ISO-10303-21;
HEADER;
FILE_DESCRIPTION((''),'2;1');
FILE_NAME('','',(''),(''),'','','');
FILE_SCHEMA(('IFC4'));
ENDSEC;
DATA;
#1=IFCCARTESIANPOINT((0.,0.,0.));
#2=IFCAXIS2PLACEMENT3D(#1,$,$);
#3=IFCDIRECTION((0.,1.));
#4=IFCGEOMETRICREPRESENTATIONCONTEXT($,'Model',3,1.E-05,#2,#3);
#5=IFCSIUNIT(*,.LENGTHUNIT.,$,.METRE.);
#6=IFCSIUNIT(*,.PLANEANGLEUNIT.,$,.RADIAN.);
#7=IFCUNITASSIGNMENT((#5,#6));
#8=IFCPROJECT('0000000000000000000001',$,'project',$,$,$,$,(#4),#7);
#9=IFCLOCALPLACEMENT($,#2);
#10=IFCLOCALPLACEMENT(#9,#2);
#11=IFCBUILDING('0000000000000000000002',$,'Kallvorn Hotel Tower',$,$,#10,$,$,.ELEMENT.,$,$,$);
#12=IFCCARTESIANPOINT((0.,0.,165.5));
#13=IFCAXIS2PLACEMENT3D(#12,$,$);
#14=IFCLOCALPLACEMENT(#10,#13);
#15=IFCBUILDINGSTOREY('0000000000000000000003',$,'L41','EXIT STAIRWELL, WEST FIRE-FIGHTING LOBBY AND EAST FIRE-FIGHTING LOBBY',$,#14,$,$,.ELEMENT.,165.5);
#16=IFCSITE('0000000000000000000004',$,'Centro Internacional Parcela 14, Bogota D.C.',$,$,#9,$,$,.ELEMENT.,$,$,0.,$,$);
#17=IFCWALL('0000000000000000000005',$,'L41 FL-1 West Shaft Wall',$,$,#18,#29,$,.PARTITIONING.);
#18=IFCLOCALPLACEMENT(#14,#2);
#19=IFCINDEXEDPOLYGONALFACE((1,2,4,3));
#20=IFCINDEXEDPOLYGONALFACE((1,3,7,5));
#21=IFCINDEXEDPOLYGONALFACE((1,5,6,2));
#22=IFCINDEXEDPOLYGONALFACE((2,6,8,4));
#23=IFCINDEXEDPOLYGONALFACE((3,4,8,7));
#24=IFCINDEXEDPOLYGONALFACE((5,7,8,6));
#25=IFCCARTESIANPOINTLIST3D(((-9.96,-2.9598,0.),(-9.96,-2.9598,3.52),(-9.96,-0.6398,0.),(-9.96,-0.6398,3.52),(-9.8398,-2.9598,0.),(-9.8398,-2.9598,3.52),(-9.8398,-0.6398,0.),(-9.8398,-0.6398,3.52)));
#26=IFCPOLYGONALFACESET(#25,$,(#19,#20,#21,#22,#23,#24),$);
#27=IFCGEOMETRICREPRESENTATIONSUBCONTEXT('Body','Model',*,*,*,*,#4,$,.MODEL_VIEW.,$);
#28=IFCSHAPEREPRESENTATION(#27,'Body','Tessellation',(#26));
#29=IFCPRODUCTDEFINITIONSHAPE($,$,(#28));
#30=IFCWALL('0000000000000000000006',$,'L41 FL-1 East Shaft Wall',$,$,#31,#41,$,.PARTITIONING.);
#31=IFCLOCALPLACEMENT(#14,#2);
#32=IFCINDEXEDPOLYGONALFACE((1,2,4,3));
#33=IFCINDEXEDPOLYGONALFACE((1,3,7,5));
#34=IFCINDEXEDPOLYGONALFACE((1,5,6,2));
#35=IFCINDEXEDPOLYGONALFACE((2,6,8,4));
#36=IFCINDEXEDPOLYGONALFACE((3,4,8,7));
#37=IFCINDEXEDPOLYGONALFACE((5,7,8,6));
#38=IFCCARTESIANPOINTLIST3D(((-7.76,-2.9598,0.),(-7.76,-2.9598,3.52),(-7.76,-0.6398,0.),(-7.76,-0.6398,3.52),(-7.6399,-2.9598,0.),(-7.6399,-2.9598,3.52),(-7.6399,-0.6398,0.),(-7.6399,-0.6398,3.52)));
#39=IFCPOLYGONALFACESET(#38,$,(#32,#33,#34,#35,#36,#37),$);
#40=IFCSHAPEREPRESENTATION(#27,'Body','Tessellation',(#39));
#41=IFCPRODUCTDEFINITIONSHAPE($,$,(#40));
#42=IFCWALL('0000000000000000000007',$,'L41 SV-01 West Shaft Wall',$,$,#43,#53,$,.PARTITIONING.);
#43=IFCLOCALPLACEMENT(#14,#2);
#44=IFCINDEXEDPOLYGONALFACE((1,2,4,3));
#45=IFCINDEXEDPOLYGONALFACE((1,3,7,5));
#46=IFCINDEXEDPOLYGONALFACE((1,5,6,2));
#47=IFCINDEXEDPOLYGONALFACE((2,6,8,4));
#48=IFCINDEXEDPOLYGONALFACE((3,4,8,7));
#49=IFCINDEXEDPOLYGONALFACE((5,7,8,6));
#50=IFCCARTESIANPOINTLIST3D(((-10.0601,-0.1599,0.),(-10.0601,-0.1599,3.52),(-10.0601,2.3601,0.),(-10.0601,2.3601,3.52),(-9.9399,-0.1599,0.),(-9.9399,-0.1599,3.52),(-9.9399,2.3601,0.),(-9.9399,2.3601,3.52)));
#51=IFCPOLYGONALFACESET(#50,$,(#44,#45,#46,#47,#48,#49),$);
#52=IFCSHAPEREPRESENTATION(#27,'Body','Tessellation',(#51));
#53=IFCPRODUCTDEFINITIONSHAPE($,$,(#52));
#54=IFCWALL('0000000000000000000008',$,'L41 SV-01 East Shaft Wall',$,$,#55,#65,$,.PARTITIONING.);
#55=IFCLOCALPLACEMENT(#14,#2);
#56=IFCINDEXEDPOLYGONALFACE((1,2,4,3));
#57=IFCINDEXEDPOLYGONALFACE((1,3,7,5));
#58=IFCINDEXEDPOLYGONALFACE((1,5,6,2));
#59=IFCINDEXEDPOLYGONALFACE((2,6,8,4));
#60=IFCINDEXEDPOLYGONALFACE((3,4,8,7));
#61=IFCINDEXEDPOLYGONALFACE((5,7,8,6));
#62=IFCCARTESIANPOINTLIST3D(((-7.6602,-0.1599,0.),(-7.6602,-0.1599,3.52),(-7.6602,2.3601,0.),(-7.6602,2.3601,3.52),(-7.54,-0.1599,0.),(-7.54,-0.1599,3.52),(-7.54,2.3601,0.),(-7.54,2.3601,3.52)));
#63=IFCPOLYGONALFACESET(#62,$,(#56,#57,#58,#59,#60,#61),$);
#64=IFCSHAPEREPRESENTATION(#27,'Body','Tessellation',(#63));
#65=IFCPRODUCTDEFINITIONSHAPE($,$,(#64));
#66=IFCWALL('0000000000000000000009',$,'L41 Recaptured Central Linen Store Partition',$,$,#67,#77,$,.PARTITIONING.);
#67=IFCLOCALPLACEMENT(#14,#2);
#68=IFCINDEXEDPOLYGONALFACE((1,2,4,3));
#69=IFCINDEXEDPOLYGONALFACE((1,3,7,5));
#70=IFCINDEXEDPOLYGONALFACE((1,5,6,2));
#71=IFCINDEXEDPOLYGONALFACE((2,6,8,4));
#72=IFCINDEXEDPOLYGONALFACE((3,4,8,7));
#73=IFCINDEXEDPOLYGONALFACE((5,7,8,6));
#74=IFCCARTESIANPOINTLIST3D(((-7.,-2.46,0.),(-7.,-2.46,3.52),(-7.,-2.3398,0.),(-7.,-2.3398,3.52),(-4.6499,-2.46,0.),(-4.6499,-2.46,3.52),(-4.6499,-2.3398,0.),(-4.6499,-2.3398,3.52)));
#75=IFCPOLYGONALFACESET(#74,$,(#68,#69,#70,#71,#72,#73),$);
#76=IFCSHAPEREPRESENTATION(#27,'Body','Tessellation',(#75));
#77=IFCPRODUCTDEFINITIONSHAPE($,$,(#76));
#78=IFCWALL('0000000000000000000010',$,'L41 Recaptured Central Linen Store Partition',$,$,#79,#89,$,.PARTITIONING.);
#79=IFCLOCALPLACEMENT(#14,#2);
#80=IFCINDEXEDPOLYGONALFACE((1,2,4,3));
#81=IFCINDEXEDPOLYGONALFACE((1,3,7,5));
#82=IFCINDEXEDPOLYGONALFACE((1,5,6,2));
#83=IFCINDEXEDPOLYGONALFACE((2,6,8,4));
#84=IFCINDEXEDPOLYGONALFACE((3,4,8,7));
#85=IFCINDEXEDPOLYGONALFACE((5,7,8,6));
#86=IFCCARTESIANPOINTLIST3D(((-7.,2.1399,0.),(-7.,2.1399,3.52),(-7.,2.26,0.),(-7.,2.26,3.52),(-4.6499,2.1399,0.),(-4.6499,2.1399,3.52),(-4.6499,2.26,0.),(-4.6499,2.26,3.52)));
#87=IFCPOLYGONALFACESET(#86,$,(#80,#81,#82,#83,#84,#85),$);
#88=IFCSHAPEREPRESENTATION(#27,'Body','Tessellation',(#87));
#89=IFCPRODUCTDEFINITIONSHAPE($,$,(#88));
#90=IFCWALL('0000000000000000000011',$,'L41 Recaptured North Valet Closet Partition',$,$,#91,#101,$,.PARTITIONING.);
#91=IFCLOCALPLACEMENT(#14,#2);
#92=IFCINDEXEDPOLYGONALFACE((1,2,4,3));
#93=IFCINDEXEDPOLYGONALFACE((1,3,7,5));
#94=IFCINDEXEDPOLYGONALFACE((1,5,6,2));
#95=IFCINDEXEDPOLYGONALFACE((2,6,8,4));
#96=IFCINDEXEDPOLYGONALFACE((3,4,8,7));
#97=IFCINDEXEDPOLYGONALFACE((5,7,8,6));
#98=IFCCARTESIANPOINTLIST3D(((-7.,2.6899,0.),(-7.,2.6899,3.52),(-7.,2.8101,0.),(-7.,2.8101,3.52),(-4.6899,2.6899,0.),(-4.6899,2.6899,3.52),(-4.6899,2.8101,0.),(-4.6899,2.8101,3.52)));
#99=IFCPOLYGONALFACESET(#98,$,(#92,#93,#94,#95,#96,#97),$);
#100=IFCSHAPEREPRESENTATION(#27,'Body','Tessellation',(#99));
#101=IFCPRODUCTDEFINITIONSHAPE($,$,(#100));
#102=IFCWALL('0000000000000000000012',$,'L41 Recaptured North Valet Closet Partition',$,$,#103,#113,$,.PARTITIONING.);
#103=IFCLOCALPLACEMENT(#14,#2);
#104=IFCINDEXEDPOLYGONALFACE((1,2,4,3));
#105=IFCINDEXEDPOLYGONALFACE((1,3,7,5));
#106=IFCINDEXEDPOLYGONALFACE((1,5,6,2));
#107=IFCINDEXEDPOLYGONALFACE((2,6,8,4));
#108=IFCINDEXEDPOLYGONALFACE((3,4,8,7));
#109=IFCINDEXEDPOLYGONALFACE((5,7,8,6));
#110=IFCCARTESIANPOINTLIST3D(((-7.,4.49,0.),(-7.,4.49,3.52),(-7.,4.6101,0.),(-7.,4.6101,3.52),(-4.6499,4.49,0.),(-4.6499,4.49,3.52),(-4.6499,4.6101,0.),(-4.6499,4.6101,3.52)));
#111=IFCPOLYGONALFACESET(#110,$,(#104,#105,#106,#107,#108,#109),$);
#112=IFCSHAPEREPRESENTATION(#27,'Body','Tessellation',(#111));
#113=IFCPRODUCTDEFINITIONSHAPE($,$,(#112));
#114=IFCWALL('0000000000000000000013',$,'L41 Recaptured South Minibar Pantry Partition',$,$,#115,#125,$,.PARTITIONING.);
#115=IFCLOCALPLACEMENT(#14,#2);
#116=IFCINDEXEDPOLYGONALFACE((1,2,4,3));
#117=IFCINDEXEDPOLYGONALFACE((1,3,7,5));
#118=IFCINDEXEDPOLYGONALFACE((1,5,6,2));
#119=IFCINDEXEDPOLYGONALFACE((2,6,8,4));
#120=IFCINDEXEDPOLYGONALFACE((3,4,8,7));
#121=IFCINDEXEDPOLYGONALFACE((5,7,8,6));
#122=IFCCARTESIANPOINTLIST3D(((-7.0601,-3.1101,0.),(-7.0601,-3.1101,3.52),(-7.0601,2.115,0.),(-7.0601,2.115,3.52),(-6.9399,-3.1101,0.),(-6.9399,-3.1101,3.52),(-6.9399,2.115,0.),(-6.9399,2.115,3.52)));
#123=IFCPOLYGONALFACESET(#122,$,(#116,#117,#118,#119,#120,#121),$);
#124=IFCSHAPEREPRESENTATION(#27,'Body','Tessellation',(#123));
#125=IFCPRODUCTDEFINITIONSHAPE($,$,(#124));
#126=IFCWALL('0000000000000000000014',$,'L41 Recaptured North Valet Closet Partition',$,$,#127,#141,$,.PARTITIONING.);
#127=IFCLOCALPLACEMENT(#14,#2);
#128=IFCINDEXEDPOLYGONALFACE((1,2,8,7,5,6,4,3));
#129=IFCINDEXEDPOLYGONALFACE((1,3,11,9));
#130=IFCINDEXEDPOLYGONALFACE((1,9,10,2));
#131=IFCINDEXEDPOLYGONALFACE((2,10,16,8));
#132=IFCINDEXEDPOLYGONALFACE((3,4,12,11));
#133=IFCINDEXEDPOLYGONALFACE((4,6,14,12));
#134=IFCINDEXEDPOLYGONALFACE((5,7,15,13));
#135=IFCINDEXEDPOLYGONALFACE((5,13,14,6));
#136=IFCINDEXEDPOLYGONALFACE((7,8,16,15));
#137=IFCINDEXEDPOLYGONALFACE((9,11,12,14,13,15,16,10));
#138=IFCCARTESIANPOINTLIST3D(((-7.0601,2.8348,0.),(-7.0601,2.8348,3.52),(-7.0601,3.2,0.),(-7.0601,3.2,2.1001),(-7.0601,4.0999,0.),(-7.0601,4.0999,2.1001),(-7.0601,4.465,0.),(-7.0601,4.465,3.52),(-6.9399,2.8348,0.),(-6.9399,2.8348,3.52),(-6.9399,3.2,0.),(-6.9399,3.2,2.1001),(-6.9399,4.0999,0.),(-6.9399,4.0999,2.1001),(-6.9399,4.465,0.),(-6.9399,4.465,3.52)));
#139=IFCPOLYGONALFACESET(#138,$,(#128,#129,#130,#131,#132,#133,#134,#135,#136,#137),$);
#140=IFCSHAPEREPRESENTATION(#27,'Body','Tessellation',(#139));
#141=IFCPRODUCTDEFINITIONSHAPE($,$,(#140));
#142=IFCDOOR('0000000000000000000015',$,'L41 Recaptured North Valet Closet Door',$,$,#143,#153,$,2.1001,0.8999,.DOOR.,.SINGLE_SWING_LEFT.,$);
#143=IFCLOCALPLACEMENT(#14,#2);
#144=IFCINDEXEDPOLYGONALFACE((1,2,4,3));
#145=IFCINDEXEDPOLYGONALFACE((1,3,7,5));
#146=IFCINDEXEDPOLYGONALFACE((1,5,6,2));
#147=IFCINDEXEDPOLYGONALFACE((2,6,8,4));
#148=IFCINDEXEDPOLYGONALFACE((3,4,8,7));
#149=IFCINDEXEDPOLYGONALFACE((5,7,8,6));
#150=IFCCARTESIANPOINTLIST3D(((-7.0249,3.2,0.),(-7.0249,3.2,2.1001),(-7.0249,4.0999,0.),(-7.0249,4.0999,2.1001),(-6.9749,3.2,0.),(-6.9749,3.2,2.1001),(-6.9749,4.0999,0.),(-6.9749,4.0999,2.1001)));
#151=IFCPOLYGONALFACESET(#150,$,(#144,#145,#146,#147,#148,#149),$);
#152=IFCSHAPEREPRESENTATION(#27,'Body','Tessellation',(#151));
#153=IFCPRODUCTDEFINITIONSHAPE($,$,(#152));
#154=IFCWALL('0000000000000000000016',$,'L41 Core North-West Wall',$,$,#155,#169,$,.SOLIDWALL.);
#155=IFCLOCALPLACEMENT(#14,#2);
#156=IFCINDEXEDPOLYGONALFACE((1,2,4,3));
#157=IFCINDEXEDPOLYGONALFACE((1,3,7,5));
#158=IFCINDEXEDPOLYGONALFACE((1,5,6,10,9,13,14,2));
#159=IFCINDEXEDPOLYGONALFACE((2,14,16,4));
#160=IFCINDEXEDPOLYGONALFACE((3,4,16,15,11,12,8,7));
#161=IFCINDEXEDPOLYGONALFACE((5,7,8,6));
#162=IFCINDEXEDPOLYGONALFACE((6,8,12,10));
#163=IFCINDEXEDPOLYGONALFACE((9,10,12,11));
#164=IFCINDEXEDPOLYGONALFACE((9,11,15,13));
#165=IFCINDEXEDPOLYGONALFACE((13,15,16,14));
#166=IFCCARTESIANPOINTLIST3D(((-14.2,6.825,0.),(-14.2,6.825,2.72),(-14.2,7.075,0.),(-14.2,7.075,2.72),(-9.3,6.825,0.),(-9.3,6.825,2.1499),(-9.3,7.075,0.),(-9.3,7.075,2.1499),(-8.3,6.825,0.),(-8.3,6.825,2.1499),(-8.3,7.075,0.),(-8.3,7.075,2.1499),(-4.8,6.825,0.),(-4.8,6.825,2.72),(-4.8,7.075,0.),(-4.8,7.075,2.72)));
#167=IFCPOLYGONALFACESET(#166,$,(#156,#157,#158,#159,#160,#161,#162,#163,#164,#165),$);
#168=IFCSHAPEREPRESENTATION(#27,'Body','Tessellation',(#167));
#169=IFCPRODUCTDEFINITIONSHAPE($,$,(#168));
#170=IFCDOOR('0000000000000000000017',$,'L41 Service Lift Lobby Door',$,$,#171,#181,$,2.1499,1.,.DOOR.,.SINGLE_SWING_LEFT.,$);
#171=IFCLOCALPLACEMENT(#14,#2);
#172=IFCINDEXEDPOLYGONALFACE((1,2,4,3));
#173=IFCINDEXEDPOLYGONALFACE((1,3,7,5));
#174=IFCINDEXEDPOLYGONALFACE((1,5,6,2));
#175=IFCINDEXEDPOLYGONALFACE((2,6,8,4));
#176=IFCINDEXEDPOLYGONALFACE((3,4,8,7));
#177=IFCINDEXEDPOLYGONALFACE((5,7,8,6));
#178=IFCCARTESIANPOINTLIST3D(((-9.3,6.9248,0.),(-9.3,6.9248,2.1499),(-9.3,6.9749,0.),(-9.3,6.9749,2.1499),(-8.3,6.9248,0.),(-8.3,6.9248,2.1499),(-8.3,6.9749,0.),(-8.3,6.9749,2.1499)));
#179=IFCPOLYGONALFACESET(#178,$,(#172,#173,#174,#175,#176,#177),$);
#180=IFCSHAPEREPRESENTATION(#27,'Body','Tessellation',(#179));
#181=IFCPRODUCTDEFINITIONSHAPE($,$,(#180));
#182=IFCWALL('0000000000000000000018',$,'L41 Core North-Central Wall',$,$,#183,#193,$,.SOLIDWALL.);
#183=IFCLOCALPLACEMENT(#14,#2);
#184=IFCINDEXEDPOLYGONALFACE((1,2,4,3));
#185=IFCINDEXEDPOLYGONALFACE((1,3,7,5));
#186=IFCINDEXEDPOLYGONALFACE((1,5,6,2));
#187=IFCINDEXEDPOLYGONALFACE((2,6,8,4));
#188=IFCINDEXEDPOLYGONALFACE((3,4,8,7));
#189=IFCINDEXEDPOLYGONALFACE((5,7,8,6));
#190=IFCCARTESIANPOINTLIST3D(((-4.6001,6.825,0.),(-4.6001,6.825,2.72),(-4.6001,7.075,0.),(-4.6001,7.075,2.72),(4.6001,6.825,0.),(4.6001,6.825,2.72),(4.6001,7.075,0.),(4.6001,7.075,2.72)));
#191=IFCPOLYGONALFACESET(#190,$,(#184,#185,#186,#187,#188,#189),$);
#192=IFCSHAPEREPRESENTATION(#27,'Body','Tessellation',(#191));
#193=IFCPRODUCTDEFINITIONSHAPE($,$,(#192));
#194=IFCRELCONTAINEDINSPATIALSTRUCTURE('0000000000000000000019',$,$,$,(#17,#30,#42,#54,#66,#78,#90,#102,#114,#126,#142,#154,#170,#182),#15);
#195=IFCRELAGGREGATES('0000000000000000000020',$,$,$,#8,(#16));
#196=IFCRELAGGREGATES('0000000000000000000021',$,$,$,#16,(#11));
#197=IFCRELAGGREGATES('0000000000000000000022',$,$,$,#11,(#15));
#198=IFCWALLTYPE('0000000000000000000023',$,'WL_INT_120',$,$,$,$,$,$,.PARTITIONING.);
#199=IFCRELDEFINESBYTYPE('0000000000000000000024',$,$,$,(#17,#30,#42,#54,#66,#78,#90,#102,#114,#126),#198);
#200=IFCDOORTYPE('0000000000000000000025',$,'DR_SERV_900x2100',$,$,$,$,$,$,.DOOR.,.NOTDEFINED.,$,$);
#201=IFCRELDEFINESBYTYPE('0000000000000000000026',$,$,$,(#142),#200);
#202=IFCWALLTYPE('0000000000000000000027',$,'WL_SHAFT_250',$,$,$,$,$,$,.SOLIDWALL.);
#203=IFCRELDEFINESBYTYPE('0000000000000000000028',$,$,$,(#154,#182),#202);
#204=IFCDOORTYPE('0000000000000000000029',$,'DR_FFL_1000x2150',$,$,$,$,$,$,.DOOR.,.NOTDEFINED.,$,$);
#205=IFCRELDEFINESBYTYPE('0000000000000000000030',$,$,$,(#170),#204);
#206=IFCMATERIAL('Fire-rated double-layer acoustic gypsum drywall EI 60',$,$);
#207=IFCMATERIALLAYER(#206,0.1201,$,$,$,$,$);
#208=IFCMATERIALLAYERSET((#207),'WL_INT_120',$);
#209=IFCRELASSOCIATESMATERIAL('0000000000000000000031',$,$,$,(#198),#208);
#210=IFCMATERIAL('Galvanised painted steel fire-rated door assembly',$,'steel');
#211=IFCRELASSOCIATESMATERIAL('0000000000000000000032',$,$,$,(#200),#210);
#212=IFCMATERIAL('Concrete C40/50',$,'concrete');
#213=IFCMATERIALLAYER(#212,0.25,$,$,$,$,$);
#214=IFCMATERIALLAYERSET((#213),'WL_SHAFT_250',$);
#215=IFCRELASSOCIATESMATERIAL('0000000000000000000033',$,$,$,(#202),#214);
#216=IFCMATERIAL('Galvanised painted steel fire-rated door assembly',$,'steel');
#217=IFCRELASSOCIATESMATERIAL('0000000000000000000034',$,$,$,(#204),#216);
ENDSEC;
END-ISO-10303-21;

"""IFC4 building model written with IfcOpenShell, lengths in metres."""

from ifc_helpers import new_model, si_unit, direction, frame, frame_2d, origin, place, context, subcontext, project, spatial, rectangle, extrude, material, layer, layer_set, type_object, element, fill, save


model = new_model("IFC4")

# Units and contexts
model_context = context("Model", 3, precision=1e-05, world=origin(), true_north=direction((0.0, 1.0)))
body_context = subcontext(model_context, "Body", "Model", "MODEL_VIEW")
ifc_project = project(units=[si_unit("LENGTHUNIT", "METRE"), si_unit("PLANEANGLEUNIT", "RADIAN")], contexts=[model_context])

# Site, building, storey
site_placement = place(None, origin())
site = spatial("IfcSite", under=ifc_project, at=site_placement, Name="Centro Internacional Parcela 14, Bogota D.C.", CompositionType="ELEMENT", RefElevation=0.0)
building_placement = place(site_placement, origin())
building = spatial("IfcBuilding", under=site, at=building_placement, Name="Kallvorn Hotel Tower", CompositionType="ELEMENT")
storey_placement = place(building_placement, frame((0.0, 0.0, 165.5)))
storey = spatial("IfcBuildingStorey", under=building, at=storey_placement, Name="L41", Description="EXIT STAIRWELL, WEST FIRE-FIGHTING LOBBY AND EAST FIRE-FIGHTING LOBBY", CompositionType="ELEMENT", Elevation=165.5)

# Walls
ifc_material_1 = material(Name="Fire-rated double-layer acoustic gypsum drywall EI 60")
ifc_layer_1 = layer(ifc_material_1, 0.1201)
ifc_layer_set_1 = layer_set([ifc_layer_1], Name="WL_INT_120")
wall_type_1 = type_object("IfcWallType", Name="WL_INT_120", PredefinedType="PARTITIONING", material=ifc_layer_set_1)
for number, where, z_axis, x_axis, name in (
    (1, (-9.8999, -2.96, 0.0), (0.0, 0.0, 1.0), (0.0, 1.0, 0.0), "L41 FL-1 West Shaft Wall"),
    (2, (-7.7, -2.96, 0.0), (0.0, 0.0, 1.0), (0.0, 1.0, 0.0), "L41 FL-1 East Shaft Wall"),
):
    element("IfcWall", number, at=place(storey_placement, frame(where, z_axis=z_axis, x_axis=x_axis)), inside=storey, type_object=wall_type_1, Name=name, PredefinedType="PARTITIONING", context=body_context, shape_type="SweptSolid", body=[
        extrude(rectangle(XDim=2.3201, YDim=0.1201, at=frame_2d((1.1602, 0.0))), origin(), (0.0, 0.0, 1.0), 3.52),
    ])
for number, where, z_axis, x_axis, name in (
    (3, (-10.0, -0.1599, 0.0), (0.0, 0.0, 1.0), (0.0, 1.0, 0.0), "L41 SV-01 West Shaft Wall"),
    (4, (-7.6001, -0.1599, 0.0), (0.0, 0.0, 1.0), (0.0, 1.0, 0.0), "L41 SV-01 East Shaft Wall"),
):
    element("IfcWall", number, at=place(storey_placement, frame(where, z_axis=z_axis, x_axis=x_axis)), inside=storey, type_object=wall_type_1, Name=name, PredefinedType="PARTITIONING", context=body_context, shape_type="SweptSolid", body=[
        extrude(rectangle(XDim=2.52, YDim=0.1201, at=frame_2d((1.26, 0.0))), origin(), (0.0, 0.0, 1.0), 3.52),
    ])
for number, where, z_axis, x_axis, name in (
    (5, (-7.0, -2.3999, 0.0), (0.0, 0.0, 1.0), (1.0, 0.0, 0.0), "L41 Recaptured Central Linen Store Partition"),
    (6, (-7.0, 2.2, 0.0), (0.0, 0.0, 1.0), (1.0, 0.0, 0.0), "L41 Recaptured Central Linen Store Partition"),
):
    element("IfcWall", number, at=place(storey_placement, frame(where, z_axis=z_axis, x_axis=x_axis)), inside=storey, type_object=wall_type_1, Name=name, PredefinedType="PARTITIONING", context=body_context, shape_type="SweptSolid", body=[
        extrude(rectangle(XDim=2.3501, YDim=0.1201, at=frame_2d((1.175, 0.0))), origin(), (0.0, 0.0, 1.0), 3.52),
    ])
wall_1_placement = place(storey_placement, frame((-7.0, 2.75, 0.0), z_axis=(0.0, 0.0, 1.0), x_axis=(1.0, 0.0, 0.0)))
element("IfcWall", 7, at=wall_1_placement, inside=storey, type_object=wall_type_1, Name="L41 Recaptured North Valet Closet Partition", PredefinedType="PARTITIONING", context=body_context, shape_type="SweptSolid", body=[
    extrude(rectangle(XDim=2.3101, YDim=0.1201, at=frame_2d((1.155, 0.0))), origin(), (0.0, 0.0, 1.0), 3.52),
])
wall_2_placement = place(storey_placement, frame((-7.0, 4.55, 0.0), z_axis=(0.0, 0.0, 1.0), x_axis=(1.0, 0.0, 0.0)))
element("IfcWall", 8, at=wall_2_placement, inside=storey, type_object=wall_type_1, Name="L41 Recaptured North Valet Closet Partition", PredefinedType="PARTITIONING", context=body_context, shape_type="SweptSolid", body=[
    extrude(rectangle(XDim=2.3501, YDim=0.1201, at=frame_2d((1.175, 0.0))), origin(), (0.0, 0.0, 1.0), 3.52),
])
wall_3_placement = place(storey_placement, frame((-7.0, -3.1101, 0.0), z_axis=(0.0, 0.0, 1.0), x_axis=(0.0, 1.0, 0.0)))
element("IfcWall", 9, at=wall_3_placement, inside=storey, type_object=wall_type_1, Name="L41 Recaptured South Minibar Pantry Partition", PredefinedType="PARTITIONING", context=body_context, shape_type="SweptSolid", body=[
    extrude(rectangle(XDim=5.2251, YDim=0.1201, at=frame_2d((2.6125, 0.0))), origin(), (0.0, 0.0, 1.0), 3.52),
])

# Walls, openings, doors
wall_4_placement = place(storey_placement, frame((-7.0, 2.835, 0.0), z_axis=(0.0, 0.0, 1.0), x_axis=(0.0, 1.0, 0.0)))
wall_4 = element("IfcWall", 10, at=wall_4_placement, inside=storey, type_object=wall_type_1, Name="L41 Recaptured North Valet Closet Partition", PredefinedType="PARTITIONING", context=body_context, shape_type="SweptSolid", body=[
    extrude(rectangle(XDim=1.6301, YDim=0.1201, at=frame_2d((0.8149, 0.0))), origin(), (0.0, 0.0, 1.0), 3.52),
])
opening_1_placement = place(wall_4_placement, frame((0.365, 0.0, 0.0)))
opening_1 = element("IfcOpeningElement", 11, at=opening_1_placement, cuts=wall_4, PredefinedType="OPENING", context=body_context, shape_type="SweptSolid", body=[
    extrude(rectangle(XDim=0.8999, YDim=2.1001, at=frame_2d((0.45, 1.05))), frame((0.0, 0.075, 0.0), z_axis=(0.0, -1.0, 0.0), x_axis=(1.0, 0.0, 0.0)), (0.0, 0.0, 1.0), 0.1501),
])
ifc_material_2 = material(Name="Galvanised painted steel fire-rated door assembly", Category="steel")
door_type_1 = type_object("IfcDoorType", Name="DR_SERV_900x2100", OperationType="NOTDEFINED", PredefinedType="DOOR", material=ifc_material_2)
door_1_placement = place(opening_1_placement, origin())
door_1 = element("IfcDoor", 12, at=door_1_placement, inside=storey, type_object=door_type_1, Name="L41 Recaptured North Valet Closet Door", OperationType="SINGLE_SWING_LEFT", OverallHeight=2.1001, OverallWidth=0.8999, PredefinedType="DOOR", context=body_context, shape_type="SweptSolid", body=[
    extrude(rectangle(XDim=0.8999, YDim=2.1001, at=frame_2d((0.45, 1.05))), frame((0.0, 0.0249, 0.0), z_axis=(0.0, -1.0, 0.0), x_axis=(1.0, 0.0, 0.0)), (0.0, 0.0, 1.0), 0.05),
])
fill(opening_1, door_1)
ifc_material_3 = material(Name="Concrete C40/50", Category="concrete")
ifc_layer_2 = layer(ifc_material_3, 0.25)
ifc_layer_set_2 = layer_set([ifc_layer_2], Name="WL_SHAFT_250")
wall_type_2 = type_object("IfcWallType", Name="WL_SHAFT_250", PredefinedType="SOLIDWALL", material=ifc_layer_set_2)
wall_5_placement = place(storey_placement, frame((-14.2, 6.95, 0.0), z_axis=(0.0, 0.0, 1.0), x_axis=(1.0, 0.0, 0.0)))
wall_5 = element("IfcWall", 13, at=wall_5_placement, inside=storey, type_object=wall_type_2, Name="L41 Core North-West Wall", PredefinedType="SOLIDWALL", context=body_context, shape_type="SweptSolid", body=[
    extrude(rectangle(XDim=9.3999, YDim=0.25, at=frame_2d((4.7, 0.0))), origin(), (0.0, 0.0, 1.0), 2.72),
])
opening_2_placement = place(wall_5_placement, frame((4.8999, 0.0, 0.0)))
opening_2 = element("IfcOpeningElement", 14, at=opening_2_placement, cuts=wall_5, PredefinedType="OPENING", context=body_context, shape_type="SweptSolid", body=[
    extrude(rectangle(XDim=1.0, YDim=2.1499, at=frame_2d((0.5, 1.075))), frame((0.0, 0.1399, 0.0), z_axis=(0.0, -1.0, 0.0), x_axis=(1.0, 0.0, 0.0)), (0.0, 0.0, 1.0), 0.28),
])
ifc_material_4 = material(Name="Galvanised painted steel fire-rated door assembly", Category="steel")
door_type_2 = type_object("IfcDoorType", Name="DR_FFL_1000x2150", OperationType="NOTDEFINED", PredefinedType="DOOR", material=ifc_material_4)
door_2_placement = place(opening_2_placement, origin())
door_2 = element("IfcDoor", 15, at=door_2_placement, inside=storey, type_object=door_type_2, Name="L41 Service Lift Lobby Door", OperationType="SINGLE_SWING_LEFT", OverallHeight=2.1499, OverallWidth=1.0, PredefinedType="DOOR", context=body_context, shape_type="SweptSolid", body=[
    extrude(rectangle(XDim=1.0, YDim=2.1499, at=frame_2d((0.5, 1.075))), frame((0.0, 0.0249, 0.0), z_axis=(0.0, -1.0, 0.0), x_axis=(1.0, 0.0, 0.0)), (0.0, 0.0, 1.0), 0.05),
])
fill(opening_2, door_2)

# Wall
wall_6_placement = place(storey_placement, frame((-4.6001, 6.95, 0.0), z_axis=(0.0, 0.0, 1.0), x_axis=(1.0, 0.0, 0.0)))
element("IfcWall", 16, at=wall_6_placement, inside=storey, type_object=wall_type_2, Name="L41 Core North-Central Wall", PredefinedType="SOLIDWALL", context=body_context, shape_type="SweptSolid", body=[
    extrude(rectangle(XDim=9.2002, YDim=0.25, at=frame_2d((4.6001, 0.0))), origin(), (0.0, 0.0, 1.0), 2.72),
])

save(model, "model.ifc")
